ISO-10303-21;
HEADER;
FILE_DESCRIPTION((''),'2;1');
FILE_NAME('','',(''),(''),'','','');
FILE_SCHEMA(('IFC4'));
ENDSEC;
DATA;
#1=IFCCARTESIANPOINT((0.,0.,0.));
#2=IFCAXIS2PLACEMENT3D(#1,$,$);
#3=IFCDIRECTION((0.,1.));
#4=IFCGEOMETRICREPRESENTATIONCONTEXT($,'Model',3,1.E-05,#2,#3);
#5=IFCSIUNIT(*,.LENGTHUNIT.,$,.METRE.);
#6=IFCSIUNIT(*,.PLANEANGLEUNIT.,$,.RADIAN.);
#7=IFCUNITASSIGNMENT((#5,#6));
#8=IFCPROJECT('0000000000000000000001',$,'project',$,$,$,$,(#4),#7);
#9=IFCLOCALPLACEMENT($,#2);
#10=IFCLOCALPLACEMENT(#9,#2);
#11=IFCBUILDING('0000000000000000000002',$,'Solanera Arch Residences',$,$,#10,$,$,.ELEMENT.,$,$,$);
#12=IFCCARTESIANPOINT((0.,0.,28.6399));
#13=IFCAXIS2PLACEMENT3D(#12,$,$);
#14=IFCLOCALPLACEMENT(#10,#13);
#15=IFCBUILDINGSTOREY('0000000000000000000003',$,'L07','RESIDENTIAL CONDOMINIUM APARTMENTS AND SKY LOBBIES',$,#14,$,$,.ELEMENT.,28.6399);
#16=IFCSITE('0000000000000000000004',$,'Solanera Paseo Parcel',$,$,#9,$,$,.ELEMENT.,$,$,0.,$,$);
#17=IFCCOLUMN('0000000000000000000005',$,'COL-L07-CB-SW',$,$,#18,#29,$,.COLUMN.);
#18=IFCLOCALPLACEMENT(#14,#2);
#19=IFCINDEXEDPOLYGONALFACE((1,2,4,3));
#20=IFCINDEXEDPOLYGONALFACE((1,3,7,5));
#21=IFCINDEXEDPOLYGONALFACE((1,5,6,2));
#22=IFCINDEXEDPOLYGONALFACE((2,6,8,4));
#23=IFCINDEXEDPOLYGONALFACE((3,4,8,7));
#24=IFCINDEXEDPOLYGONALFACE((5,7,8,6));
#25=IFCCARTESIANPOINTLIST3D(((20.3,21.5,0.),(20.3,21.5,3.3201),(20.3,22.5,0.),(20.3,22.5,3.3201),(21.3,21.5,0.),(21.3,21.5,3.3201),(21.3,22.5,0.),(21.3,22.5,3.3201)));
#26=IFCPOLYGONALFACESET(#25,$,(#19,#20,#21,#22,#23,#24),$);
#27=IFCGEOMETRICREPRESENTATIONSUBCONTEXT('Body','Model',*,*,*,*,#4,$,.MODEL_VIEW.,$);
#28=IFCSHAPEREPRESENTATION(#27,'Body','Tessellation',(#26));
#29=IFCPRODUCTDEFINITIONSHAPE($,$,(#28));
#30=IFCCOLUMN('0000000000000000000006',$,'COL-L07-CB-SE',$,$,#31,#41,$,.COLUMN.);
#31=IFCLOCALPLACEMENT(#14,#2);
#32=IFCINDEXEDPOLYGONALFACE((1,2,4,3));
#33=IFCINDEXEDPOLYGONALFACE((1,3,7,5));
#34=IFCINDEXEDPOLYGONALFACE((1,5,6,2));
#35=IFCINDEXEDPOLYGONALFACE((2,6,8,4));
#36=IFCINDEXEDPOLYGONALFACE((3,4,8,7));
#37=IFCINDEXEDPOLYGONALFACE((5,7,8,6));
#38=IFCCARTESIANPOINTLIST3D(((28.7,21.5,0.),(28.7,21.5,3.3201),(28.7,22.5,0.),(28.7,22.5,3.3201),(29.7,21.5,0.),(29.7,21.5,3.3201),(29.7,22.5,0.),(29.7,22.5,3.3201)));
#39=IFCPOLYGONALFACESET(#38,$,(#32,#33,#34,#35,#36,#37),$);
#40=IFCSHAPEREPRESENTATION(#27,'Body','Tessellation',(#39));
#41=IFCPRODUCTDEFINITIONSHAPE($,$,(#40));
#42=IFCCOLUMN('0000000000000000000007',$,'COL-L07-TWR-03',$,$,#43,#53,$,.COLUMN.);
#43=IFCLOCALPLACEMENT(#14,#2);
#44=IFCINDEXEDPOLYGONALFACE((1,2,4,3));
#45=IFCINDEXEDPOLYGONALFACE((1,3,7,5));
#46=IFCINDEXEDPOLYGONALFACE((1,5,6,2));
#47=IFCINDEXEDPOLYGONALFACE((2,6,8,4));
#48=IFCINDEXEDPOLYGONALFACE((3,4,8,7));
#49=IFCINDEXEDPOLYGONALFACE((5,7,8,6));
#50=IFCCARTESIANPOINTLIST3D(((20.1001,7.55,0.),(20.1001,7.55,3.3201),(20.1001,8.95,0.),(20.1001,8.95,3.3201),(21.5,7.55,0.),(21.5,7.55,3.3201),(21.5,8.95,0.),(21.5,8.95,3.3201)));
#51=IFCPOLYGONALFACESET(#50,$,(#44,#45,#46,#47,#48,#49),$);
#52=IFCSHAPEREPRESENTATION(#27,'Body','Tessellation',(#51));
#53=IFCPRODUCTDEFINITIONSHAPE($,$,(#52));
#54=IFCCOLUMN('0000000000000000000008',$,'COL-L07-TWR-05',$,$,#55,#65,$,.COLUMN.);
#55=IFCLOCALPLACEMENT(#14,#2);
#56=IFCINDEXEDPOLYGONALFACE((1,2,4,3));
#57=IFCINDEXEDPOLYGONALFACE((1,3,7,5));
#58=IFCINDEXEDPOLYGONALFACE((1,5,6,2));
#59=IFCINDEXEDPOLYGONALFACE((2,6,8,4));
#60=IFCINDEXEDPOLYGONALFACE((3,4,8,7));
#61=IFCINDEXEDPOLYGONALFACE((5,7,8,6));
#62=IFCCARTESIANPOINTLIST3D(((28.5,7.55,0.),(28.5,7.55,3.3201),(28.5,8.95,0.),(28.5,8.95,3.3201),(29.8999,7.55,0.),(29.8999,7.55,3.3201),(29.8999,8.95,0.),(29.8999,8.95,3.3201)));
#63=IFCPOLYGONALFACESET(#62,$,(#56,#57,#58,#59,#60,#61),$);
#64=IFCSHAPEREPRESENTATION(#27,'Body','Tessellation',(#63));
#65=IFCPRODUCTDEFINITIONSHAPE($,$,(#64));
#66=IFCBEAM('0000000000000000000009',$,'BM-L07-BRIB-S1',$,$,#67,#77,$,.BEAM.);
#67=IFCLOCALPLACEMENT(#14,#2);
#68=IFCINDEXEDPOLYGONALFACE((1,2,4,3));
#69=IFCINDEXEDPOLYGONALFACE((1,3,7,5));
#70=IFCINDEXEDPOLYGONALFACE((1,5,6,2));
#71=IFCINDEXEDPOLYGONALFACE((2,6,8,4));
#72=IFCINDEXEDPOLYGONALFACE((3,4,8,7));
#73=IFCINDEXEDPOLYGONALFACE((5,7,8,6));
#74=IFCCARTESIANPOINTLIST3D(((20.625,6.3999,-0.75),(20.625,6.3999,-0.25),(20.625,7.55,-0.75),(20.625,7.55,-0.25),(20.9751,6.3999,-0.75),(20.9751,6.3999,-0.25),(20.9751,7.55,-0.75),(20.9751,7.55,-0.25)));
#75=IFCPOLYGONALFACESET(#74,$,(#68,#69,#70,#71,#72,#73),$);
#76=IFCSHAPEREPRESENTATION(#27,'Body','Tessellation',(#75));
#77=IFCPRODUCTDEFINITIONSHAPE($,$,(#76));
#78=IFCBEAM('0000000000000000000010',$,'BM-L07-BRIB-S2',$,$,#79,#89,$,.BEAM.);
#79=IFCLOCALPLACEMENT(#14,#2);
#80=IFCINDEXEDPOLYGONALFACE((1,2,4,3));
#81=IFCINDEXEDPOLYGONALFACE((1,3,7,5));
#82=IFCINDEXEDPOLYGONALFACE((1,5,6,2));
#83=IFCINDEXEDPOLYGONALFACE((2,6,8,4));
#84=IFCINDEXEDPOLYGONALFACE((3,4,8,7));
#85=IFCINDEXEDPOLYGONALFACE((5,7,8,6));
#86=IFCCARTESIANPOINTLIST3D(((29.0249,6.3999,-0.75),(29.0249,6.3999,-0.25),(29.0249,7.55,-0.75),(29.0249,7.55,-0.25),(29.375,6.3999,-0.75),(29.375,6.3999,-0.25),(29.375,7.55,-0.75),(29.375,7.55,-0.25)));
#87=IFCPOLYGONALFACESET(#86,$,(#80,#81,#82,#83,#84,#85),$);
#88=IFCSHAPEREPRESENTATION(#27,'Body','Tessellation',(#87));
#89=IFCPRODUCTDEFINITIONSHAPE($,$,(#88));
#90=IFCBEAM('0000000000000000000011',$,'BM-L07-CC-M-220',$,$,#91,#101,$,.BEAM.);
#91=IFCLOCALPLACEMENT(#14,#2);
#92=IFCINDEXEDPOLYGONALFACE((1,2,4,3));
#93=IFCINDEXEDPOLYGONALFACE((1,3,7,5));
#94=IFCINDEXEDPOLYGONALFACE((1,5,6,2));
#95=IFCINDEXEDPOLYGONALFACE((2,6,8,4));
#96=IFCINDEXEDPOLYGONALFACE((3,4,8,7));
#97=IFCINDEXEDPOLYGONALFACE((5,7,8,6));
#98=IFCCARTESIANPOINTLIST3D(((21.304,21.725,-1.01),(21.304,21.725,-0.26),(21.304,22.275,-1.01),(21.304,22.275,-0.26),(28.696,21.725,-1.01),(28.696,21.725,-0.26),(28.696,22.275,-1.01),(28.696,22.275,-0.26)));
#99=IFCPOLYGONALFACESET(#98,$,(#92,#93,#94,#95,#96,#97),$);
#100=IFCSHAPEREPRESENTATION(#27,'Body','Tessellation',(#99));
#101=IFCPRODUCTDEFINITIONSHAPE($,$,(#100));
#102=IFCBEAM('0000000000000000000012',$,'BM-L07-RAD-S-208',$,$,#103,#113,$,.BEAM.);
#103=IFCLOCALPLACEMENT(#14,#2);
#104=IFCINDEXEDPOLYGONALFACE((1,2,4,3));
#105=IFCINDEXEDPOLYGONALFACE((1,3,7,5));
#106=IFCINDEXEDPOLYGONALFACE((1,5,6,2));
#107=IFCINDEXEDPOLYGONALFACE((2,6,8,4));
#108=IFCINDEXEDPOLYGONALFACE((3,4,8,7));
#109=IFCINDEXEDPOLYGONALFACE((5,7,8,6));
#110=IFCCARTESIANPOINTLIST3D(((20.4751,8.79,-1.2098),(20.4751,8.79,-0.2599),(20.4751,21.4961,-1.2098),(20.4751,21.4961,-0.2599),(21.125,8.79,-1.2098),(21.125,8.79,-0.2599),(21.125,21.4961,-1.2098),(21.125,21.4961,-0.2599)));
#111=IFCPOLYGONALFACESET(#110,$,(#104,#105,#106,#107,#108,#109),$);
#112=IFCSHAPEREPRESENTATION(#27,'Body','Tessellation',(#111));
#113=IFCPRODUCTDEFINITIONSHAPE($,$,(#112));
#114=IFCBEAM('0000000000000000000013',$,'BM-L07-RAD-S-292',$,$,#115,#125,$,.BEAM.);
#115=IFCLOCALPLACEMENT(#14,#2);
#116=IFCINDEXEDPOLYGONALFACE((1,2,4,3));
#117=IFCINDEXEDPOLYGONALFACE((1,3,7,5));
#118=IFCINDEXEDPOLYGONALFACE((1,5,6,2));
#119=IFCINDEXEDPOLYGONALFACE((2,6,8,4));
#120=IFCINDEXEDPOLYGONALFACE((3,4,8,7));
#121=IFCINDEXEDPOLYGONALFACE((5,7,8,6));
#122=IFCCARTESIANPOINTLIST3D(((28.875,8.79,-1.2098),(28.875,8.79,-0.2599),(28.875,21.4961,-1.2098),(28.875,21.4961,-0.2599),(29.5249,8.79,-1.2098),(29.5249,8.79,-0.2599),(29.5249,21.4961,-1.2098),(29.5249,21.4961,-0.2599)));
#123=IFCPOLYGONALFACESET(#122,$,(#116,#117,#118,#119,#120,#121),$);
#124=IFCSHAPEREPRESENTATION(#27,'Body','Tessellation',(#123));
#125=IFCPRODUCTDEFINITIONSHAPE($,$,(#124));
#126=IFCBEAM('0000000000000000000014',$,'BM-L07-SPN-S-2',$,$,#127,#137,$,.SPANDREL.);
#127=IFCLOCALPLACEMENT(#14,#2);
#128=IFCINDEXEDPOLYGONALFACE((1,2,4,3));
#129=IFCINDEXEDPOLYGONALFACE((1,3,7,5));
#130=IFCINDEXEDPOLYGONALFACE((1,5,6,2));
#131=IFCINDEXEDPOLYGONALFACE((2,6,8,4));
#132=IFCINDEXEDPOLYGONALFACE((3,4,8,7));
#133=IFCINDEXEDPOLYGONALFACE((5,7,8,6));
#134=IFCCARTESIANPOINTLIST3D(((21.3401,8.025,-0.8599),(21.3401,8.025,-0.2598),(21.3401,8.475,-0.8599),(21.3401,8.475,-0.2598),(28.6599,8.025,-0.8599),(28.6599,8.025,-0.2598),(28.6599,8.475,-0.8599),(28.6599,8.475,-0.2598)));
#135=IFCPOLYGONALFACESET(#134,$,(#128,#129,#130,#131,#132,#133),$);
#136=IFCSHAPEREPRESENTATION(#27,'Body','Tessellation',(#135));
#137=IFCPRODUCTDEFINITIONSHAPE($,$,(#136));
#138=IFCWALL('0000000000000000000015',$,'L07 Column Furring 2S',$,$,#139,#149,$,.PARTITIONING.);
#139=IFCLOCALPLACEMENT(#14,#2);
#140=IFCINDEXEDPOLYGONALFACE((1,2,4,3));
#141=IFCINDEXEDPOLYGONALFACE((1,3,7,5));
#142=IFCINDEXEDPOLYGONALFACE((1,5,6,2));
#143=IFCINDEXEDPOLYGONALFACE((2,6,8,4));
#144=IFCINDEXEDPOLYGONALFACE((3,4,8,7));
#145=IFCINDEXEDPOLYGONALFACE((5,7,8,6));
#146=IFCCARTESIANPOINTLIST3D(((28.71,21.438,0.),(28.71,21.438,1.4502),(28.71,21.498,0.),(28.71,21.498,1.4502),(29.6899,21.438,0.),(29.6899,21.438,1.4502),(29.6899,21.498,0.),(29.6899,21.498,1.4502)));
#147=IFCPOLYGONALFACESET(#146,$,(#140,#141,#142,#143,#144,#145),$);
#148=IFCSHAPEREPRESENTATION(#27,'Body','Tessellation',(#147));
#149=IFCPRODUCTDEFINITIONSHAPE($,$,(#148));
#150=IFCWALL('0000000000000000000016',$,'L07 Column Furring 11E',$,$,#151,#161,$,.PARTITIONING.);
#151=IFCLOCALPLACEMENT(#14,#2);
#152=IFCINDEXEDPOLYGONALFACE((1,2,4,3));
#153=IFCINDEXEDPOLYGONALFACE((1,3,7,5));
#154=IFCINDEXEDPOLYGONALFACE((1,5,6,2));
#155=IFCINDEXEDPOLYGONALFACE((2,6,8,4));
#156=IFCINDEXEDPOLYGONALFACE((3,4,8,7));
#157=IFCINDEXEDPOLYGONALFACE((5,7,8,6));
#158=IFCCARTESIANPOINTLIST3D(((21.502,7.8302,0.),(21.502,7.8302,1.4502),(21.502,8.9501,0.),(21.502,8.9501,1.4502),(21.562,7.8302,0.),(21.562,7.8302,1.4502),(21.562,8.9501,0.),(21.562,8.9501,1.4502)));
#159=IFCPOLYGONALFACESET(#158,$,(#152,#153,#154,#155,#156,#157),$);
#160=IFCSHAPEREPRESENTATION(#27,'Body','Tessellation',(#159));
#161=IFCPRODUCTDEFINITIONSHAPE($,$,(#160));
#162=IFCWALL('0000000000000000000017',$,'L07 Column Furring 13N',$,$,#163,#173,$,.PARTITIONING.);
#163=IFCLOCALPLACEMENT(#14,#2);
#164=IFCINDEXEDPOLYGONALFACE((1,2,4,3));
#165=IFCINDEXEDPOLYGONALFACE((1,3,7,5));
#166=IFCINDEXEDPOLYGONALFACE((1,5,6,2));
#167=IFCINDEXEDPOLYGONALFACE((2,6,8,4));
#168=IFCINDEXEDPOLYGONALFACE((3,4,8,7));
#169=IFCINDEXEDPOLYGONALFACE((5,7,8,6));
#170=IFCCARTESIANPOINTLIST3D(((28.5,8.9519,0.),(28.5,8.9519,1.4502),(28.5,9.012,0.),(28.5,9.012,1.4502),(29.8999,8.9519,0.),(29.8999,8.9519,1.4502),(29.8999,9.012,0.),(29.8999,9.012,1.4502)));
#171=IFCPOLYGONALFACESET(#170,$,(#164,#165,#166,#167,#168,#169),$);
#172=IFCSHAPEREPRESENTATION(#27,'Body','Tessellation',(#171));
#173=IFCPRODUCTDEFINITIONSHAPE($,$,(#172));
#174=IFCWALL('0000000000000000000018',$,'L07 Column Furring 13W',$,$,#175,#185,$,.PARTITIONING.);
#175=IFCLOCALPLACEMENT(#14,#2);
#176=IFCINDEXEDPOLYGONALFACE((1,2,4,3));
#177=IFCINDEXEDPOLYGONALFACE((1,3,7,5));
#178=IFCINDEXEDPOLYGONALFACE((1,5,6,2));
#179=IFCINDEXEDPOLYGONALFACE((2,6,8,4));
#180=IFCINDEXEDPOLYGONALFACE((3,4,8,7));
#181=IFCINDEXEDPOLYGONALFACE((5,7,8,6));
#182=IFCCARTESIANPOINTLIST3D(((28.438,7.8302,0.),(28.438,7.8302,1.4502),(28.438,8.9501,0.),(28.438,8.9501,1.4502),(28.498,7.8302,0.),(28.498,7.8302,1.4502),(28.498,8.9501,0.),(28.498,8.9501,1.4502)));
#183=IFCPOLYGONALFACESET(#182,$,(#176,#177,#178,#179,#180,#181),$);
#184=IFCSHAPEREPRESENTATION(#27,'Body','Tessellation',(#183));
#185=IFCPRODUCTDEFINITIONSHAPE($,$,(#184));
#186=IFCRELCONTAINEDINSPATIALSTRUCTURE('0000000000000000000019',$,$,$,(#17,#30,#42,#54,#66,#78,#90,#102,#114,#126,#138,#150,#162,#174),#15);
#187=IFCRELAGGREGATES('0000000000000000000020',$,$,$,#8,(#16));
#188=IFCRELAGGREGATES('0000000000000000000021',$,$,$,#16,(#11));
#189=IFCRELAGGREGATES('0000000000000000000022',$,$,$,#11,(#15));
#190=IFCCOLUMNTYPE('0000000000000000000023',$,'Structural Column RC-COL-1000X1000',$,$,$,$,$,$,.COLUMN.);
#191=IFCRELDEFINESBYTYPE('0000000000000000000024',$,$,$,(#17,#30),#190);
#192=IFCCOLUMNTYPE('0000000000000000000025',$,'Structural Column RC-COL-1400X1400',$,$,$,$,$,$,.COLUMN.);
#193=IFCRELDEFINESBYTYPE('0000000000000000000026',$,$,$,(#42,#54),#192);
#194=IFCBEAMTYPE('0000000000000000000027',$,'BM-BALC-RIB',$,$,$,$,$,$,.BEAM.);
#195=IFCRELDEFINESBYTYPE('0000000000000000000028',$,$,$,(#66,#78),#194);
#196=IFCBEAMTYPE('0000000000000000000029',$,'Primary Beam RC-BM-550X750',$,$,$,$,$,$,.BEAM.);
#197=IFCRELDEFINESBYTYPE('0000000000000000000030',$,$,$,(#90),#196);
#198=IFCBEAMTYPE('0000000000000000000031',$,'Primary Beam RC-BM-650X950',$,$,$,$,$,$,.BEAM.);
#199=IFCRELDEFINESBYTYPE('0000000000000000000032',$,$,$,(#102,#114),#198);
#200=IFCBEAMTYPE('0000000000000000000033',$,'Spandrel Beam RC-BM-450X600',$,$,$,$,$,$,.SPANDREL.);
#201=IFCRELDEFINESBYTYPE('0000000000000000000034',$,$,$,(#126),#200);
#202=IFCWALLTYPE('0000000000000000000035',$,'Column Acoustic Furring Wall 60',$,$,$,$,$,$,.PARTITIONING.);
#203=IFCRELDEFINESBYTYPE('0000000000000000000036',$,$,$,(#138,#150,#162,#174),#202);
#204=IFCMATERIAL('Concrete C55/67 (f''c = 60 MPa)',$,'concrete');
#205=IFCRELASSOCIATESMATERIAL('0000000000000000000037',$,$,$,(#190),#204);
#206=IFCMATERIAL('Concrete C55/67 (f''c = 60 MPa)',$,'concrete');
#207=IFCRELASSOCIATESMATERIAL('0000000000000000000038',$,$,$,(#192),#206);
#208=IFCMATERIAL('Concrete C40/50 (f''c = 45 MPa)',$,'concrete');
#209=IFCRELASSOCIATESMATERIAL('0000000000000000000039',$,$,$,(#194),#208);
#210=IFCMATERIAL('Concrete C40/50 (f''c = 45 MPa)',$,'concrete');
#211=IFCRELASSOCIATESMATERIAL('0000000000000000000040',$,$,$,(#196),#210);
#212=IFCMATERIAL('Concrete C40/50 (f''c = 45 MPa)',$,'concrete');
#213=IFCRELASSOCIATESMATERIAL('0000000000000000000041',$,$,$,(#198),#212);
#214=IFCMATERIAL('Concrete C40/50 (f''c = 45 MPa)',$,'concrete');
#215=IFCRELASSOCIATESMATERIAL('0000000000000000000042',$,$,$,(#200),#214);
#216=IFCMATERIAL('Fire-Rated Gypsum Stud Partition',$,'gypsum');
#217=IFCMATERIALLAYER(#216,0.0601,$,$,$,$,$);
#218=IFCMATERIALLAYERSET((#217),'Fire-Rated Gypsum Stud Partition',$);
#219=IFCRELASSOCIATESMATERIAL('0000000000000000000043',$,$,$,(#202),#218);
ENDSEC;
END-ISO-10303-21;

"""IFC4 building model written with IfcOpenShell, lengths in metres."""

from ifc_helpers import new_model, si_unit, direction, frame, frame_2d, origin, origin_2d, place, context, subcontext, project, spatial, rectangle, extrude, material, layer, layer_set, material_profile, profile_set, type_object, element, save


model = new_model("IFC4")

# Units and contexts
model_context = context("Model", 3, precision=1e-05, world=origin(), true_north=direction((0.0, 1.0)))
body_context = subcontext(model_context, "Body", "Model", "MODEL_VIEW")
ifc_project = project(units=[si_unit("LENGTHUNIT", "METRE"), si_unit("PLANEANGLEUNIT", "RADIAN")], contexts=[model_context])

# Site, building, storey
site_placement = place(None, origin())
site = spatial("IfcSite", under=ifc_project, at=site_placement, Name="Solanera Paseo Parcel", CompositionType="ELEMENT", RefElevation=0.0)
building_placement = place(site_placement, origin())
building = spatial("IfcBuilding", under=site, at=building_placement, Name="Solanera Arch Residences", CompositionType="ELEMENT")
storey_placement = place(building_placement, frame((0.0, 0.0, 28.6399)))
storey = spatial("IfcBuildingStorey", under=building, at=storey_placement, Name="L07", Description="RESIDENTIAL CONDOMINIUM APARTMENTS AND SKY LOBBIES", CompositionType="ELEMENT", Elevation=28.6399)

# Columns
ifc_material_1 = material(Name="Concrete C55/67 (f'c = 60 MPa)", Category="concrete")
ifc_material_profile_1 = material_profile(ifc_material_1, rectangle(XDim=1.0, YDim=1.0, at=origin_2d()))
ifc_profile_set_1 = profile_set([ifc_material_profile_1], Name="Concrete C55/67 (f'c = 60 MPa)")
column_type_1 = type_object("IfcColumnType", Name="Structural Column RC-COL-1000X1000", PredefinedType="COLUMN", material=ifc_profile_set_1)
for number, where, z_axis, x_axis, name in (
    (1, (20.8, 22.0, 0.0), (0.0, 0.0, 1.0), (1.0, 0.0, 0.0), "COL-L07-CB-SW"),
    (2, (29.2, 22.0, 0.0), (0.0, 0.0, 1.0), (1.0, 0.0, 0.0), "COL-L07-CB-SE"),
):
    element("IfcColumn", number, at=place(storey_placement, frame(where, z_axis=z_axis, x_axis=x_axis)), inside=storey, type_object=column_type_1, Name=name, PredefinedType="COLUMN", context=body_context, shape_type="SweptSolid", body=[
        extrude(rectangle(XDim=1.0, YDim=1.0, at=origin_2d()), origin(), (0.0, 0.0, 1.0), 3.3201),
    ])
ifc_material_2 = material(Name="Concrete C55/67 (f'c = 60 MPa)", Category="concrete")
ifc_material_profile_2 = material_profile(ifc_material_2, rectangle(XDim=1.3999, YDim=1.3999, at=origin_2d()))
ifc_profile_set_2 = profile_set([ifc_material_profile_2], Name="Concrete C55/67 (f'c = 60 MPa)")
column_type_2 = type_object("IfcColumnType", Name="Structural Column RC-COL-1400X1400", PredefinedType="COLUMN", material=ifc_profile_set_2)
for number, where, z_axis, x_axis, name in (
    (3, (20.8, 8.25, 0.0), (0.0, 0.0, 1.0), (1.0, 0.0, 0.0), "COL-L07-TWR-03"),
    (4, (29.2, 8.25, 0.0), (0.0, 0.0, 1.0), (1.0, 0.0, 0.0), "COL-L07-TWR-05"),
):
    element("IfcColumn", number, at=place(storey_placement, frame(where, z_axis=z_axis, x_axis=x_axis)), inside=storey, type_object=column_type_2, Name=name, PredefinedType="COLUMN", context=body_context, shape_type="SweptSolid", body=[
        extrude(rectangle(XDim=1.3999, YDim=1.3999, at=origin_2d()), origin(), (0.0, 0.0, 1.0), 3.3201),
    ])

# Beams
ifc_material_3 = material(Name="Concrete C40/50 (f'c = 45 MPa)", Category="concrete")
ifc_material_profile_3 = material_profile(ifc_material_3, rectangle(XDim=0.3501, YDim=0.5, at=origin_2d()))
ifc_profile_set_3 = profile_set([ifc_material_profile_3], Name="Concrete C40/50 (f'c = 45 MPa)")
beam_type_1 = type_object("IfcBeamType", Name="BM-BALC-RIB", PredefinedType="BEAM", material=ifc_profile_set_3)
for number, where, z_axis, x_axis, name in (
    (5, (20.8, 6.3999, -0.5), (0.0, 1.0, 0.0), (-1.0, 0.0, 0.0), "BM-L07-BRIB-S1"),
    (6, (29.2, 6.3999, -0.5), (0.0, 1.0, 0.0), (-1.0, 0.0, 0.0), "BM-L07-BRIB-S2"),
):
    element("IfcBeam", number, at=place(storey_placement, frame(where, z_axis=z_axis, x_axis=x_axis)), inside=storey, type_object=beam_type_1, Name=name, PredefinedType="BEAM", context=body_context, shape_type="SweptSolid", body=[
        extrude(rectangle(XDim=0.3501, YDim=0.5, at=origin_2d()), origin(), (0.0, 0.0, 1.0), 1.1501),
    ])
ifc_material_4 = material(Name="Concrete C40/50 (f'c = 45 MPa)", Category="concrete")
ifc_material_profile_4 = material_profile(ifc_material_4, rectangle(XDim=0.55, YDim=0.75, at=origin_2d()))
ifc_profile_set_4 = profile_set([ifc_material_profile_4], Name="Concrete C40/50 (f'c = 45 MPa)")
beam_type_2 = type_object("IfcBeamType", Name="Primary Beam RC-BM-550X750", PredefinedType="BEAM", material=ifc_profile_set_4)
beam_1_placement = place(storey_placement, frame((21.304, 22.0, -0.635), z_axis=(1.0, 0.0, 0.0), x_axis=(0.0, 1.0, 0.0)))
element("IfcBeam", 7, at=beam_1_placement, inside=storey, type_object=beam_type_2, Name="BM-L07-CC-M-220", PredefinedType="BEAM", context=body_context, shape_type="SweptSolid", body=[
    extrude(rectangle(XDim=0.55, YDim=0.75, at=origin_2d()), origin(), (0.0, 0.0, 1.0), 7.3921),
])
ifc_material_5 = material(Name="Concrete C40/50 (f'c = 45 MPa)", Category="concrete")
ifc_material_profile_5 = material_profile(ifc_material_5, rectangle(XDim=0.6499, YDim=0.95, at=origin_2d()))
ifc_profile_set_5 = profile_set([ifc_material_profile_5], Name="Concrete C40/50 (f'c = 45 MPa)")
beam_type_3 = type_object("IfcBeamType", Name="Primary Beam RC-BM-650X950", PredefinedType="BEAM", material=ifc_profile_set_5)
for number, where, z_axis, x_axis, name in (
    (8, (20.8, 8.79, -0.7349), (0.0, 1.0, 0.0), (-1.0, 0.0, 0.0), "BM-L07-RAD-S-208"),
    (9, (29.2, 8.79, -0.7349), (0.0, 1.0, 0.0), (-1.0, 0.0, 0.0), "BM-L07-RAD-S-292"),
):
    element("IfcBeam", number, at=place(storey_placement, frame(where, z_axis=z_axis, x_axis=x_axis)), inside=storey, type_object=beam_type_3, Name=name, PredefinedType="BEAM", context=body_context, shape_type="SweptSolid", body=[
        extrude(rectangle(XDim=0.6499, YDim=0.95, at=origin_2d()), origin(), (0.0, 0.0, 1.0), 12.7061),
    ])
ifc_material_6 = material(Name="Concrete C40/50 (f'c = 45 MPa)", Category="concrete")
ifc_material_profile_6 = material_profile(ifc_material_6, rectangle(XDim=0.45, YDim=0.6001, at=origin_2d()))
ifc_profile_set_6 = profile_set([ifc_material_profile_6], Name="Concrete C40/50 (f'c = 45 MPa)")
beam_type_4 = type_object("IfcBeamType", Name="Spandrel Beam RC-BM-450X600", PredefinedType="SPANDREL", material=ifc_profile_set_6)
beam_2_placement = place(storey_placement, frame((21.3401, 8.25, -0.5598), z_axis=(1.0, 0.0, 0.0), x_axis=(0.0, 1.0, 0.0)))
element("IfcBeam", 10, at=beam_2_placement, inside=storey, type_object=beam_type_4, Name="BM-L07-SPN-S-2", PredefinedType="SPANDREL", context=body_context, shape_type="SweptSolid", body=[
    extrude(rectangle(XDim=0.45, YDim=0.6001, at=origin_2d()), origin(), (0.0, 0.0, 1.0), 7.3198),
])

# Walls
ifc_material_7 = material(Name="Fire-Rated Gypsum Stud Partition", Category="gypsum")
ifc_layer_1 = layer(ifc_material_7, 0.0601)
ifc_layer_set_1 = layer_set([ifc_layer_1], Name="Fire-Rated Gypsum Stud Partition")
wall_type_1 = type_object("IfcWallType", Name="Column Acoustic Furring Wall 60", PredefinedType="PARTITIONING", material=ifc_layer_set_1)
wall_1_placement = place(storey_placement, frame((28.71, 21.468, 0.0), z_axis=(0.0, 0.0, 1.0), x_axis=(1.0, 0.0, 0.0)))
element("IfcWall", 11, at=wall_1_placement, inside=storey, type_object=wall_type_1, Name="L07 Column Furring 2S", PredefinedType="PARTITIONING", context=body_context, shape_type="SweptSolid", body=[
    extrude(rectangle(XDim=0.98, YDim=0.0601, at=frame_2d((0.49, 0.0))), origin(), (0.0, 0.0, 1.0), 1.4502),
])
wall_2_placement = place(storey_placement, frame((21.532, 7.8301, 0.0), z_axis=(0.0, 0.0, 1.0), x_axis=(0.0, 1.0, 0.0)))
element("IfcWall", 12, at=wall_2_placement, inside=storey, type_object=wall_type_1, Name="L07 Column Furring 11E", PredefinedType="PARTITIONING", context=body_context, shape_type="SweptSolid", body=[
    extrude(rectangle(XDim=1.1199, YDim=0.0601, at=frame_2d((0.5601, 0.0))), origin(), (0.0, 0.0, 1.0), 1.4502),
])
wall_3_placement = place(storey_placement, frame((28.5, 8.9819, 0.0), z_axis=(0.0, 0.0, 1.0), x_axis=(1.0, 0.0, 0.0)))
element("IfcWall", 13, at=wall_3_placement, inside=storey, type_object=wall_type_1, Name="L07 Column Furring 13N", PredefinedType="PARTITIONING", context=body_context, shape_type="SweptSolid", body=[
    extrude(rectangle(XDim=1.3999, YDim=0.0601, at=frame_2d((0.7, 0.0))), origin(), (0.0, 0.0, 1.0), 1.4502),
])
wall_4_placement = place(storey_placement, frame((28.468, 7.8301, 0.0), z_axis=(0.0, 0.0, 1.0), x_axis=(0.0, 1.0, 0.0)))
element("IfcWall", 14, at=wall_4_placement, inside=storey, type_object=wall_type_1, Name="L07 Column Furring 13W", PredefinedType="PARTITIONING", context=body_context, shape_type="SweptSolid", body=[
    extrude(rectangle(XDim=1.1199, YDim=0.0601, at=frame_2d((0.5601, 0.0))), origin(), (0.0, 0.0, 1.0), 1.4502),
])

save(model, "model.ifc")
